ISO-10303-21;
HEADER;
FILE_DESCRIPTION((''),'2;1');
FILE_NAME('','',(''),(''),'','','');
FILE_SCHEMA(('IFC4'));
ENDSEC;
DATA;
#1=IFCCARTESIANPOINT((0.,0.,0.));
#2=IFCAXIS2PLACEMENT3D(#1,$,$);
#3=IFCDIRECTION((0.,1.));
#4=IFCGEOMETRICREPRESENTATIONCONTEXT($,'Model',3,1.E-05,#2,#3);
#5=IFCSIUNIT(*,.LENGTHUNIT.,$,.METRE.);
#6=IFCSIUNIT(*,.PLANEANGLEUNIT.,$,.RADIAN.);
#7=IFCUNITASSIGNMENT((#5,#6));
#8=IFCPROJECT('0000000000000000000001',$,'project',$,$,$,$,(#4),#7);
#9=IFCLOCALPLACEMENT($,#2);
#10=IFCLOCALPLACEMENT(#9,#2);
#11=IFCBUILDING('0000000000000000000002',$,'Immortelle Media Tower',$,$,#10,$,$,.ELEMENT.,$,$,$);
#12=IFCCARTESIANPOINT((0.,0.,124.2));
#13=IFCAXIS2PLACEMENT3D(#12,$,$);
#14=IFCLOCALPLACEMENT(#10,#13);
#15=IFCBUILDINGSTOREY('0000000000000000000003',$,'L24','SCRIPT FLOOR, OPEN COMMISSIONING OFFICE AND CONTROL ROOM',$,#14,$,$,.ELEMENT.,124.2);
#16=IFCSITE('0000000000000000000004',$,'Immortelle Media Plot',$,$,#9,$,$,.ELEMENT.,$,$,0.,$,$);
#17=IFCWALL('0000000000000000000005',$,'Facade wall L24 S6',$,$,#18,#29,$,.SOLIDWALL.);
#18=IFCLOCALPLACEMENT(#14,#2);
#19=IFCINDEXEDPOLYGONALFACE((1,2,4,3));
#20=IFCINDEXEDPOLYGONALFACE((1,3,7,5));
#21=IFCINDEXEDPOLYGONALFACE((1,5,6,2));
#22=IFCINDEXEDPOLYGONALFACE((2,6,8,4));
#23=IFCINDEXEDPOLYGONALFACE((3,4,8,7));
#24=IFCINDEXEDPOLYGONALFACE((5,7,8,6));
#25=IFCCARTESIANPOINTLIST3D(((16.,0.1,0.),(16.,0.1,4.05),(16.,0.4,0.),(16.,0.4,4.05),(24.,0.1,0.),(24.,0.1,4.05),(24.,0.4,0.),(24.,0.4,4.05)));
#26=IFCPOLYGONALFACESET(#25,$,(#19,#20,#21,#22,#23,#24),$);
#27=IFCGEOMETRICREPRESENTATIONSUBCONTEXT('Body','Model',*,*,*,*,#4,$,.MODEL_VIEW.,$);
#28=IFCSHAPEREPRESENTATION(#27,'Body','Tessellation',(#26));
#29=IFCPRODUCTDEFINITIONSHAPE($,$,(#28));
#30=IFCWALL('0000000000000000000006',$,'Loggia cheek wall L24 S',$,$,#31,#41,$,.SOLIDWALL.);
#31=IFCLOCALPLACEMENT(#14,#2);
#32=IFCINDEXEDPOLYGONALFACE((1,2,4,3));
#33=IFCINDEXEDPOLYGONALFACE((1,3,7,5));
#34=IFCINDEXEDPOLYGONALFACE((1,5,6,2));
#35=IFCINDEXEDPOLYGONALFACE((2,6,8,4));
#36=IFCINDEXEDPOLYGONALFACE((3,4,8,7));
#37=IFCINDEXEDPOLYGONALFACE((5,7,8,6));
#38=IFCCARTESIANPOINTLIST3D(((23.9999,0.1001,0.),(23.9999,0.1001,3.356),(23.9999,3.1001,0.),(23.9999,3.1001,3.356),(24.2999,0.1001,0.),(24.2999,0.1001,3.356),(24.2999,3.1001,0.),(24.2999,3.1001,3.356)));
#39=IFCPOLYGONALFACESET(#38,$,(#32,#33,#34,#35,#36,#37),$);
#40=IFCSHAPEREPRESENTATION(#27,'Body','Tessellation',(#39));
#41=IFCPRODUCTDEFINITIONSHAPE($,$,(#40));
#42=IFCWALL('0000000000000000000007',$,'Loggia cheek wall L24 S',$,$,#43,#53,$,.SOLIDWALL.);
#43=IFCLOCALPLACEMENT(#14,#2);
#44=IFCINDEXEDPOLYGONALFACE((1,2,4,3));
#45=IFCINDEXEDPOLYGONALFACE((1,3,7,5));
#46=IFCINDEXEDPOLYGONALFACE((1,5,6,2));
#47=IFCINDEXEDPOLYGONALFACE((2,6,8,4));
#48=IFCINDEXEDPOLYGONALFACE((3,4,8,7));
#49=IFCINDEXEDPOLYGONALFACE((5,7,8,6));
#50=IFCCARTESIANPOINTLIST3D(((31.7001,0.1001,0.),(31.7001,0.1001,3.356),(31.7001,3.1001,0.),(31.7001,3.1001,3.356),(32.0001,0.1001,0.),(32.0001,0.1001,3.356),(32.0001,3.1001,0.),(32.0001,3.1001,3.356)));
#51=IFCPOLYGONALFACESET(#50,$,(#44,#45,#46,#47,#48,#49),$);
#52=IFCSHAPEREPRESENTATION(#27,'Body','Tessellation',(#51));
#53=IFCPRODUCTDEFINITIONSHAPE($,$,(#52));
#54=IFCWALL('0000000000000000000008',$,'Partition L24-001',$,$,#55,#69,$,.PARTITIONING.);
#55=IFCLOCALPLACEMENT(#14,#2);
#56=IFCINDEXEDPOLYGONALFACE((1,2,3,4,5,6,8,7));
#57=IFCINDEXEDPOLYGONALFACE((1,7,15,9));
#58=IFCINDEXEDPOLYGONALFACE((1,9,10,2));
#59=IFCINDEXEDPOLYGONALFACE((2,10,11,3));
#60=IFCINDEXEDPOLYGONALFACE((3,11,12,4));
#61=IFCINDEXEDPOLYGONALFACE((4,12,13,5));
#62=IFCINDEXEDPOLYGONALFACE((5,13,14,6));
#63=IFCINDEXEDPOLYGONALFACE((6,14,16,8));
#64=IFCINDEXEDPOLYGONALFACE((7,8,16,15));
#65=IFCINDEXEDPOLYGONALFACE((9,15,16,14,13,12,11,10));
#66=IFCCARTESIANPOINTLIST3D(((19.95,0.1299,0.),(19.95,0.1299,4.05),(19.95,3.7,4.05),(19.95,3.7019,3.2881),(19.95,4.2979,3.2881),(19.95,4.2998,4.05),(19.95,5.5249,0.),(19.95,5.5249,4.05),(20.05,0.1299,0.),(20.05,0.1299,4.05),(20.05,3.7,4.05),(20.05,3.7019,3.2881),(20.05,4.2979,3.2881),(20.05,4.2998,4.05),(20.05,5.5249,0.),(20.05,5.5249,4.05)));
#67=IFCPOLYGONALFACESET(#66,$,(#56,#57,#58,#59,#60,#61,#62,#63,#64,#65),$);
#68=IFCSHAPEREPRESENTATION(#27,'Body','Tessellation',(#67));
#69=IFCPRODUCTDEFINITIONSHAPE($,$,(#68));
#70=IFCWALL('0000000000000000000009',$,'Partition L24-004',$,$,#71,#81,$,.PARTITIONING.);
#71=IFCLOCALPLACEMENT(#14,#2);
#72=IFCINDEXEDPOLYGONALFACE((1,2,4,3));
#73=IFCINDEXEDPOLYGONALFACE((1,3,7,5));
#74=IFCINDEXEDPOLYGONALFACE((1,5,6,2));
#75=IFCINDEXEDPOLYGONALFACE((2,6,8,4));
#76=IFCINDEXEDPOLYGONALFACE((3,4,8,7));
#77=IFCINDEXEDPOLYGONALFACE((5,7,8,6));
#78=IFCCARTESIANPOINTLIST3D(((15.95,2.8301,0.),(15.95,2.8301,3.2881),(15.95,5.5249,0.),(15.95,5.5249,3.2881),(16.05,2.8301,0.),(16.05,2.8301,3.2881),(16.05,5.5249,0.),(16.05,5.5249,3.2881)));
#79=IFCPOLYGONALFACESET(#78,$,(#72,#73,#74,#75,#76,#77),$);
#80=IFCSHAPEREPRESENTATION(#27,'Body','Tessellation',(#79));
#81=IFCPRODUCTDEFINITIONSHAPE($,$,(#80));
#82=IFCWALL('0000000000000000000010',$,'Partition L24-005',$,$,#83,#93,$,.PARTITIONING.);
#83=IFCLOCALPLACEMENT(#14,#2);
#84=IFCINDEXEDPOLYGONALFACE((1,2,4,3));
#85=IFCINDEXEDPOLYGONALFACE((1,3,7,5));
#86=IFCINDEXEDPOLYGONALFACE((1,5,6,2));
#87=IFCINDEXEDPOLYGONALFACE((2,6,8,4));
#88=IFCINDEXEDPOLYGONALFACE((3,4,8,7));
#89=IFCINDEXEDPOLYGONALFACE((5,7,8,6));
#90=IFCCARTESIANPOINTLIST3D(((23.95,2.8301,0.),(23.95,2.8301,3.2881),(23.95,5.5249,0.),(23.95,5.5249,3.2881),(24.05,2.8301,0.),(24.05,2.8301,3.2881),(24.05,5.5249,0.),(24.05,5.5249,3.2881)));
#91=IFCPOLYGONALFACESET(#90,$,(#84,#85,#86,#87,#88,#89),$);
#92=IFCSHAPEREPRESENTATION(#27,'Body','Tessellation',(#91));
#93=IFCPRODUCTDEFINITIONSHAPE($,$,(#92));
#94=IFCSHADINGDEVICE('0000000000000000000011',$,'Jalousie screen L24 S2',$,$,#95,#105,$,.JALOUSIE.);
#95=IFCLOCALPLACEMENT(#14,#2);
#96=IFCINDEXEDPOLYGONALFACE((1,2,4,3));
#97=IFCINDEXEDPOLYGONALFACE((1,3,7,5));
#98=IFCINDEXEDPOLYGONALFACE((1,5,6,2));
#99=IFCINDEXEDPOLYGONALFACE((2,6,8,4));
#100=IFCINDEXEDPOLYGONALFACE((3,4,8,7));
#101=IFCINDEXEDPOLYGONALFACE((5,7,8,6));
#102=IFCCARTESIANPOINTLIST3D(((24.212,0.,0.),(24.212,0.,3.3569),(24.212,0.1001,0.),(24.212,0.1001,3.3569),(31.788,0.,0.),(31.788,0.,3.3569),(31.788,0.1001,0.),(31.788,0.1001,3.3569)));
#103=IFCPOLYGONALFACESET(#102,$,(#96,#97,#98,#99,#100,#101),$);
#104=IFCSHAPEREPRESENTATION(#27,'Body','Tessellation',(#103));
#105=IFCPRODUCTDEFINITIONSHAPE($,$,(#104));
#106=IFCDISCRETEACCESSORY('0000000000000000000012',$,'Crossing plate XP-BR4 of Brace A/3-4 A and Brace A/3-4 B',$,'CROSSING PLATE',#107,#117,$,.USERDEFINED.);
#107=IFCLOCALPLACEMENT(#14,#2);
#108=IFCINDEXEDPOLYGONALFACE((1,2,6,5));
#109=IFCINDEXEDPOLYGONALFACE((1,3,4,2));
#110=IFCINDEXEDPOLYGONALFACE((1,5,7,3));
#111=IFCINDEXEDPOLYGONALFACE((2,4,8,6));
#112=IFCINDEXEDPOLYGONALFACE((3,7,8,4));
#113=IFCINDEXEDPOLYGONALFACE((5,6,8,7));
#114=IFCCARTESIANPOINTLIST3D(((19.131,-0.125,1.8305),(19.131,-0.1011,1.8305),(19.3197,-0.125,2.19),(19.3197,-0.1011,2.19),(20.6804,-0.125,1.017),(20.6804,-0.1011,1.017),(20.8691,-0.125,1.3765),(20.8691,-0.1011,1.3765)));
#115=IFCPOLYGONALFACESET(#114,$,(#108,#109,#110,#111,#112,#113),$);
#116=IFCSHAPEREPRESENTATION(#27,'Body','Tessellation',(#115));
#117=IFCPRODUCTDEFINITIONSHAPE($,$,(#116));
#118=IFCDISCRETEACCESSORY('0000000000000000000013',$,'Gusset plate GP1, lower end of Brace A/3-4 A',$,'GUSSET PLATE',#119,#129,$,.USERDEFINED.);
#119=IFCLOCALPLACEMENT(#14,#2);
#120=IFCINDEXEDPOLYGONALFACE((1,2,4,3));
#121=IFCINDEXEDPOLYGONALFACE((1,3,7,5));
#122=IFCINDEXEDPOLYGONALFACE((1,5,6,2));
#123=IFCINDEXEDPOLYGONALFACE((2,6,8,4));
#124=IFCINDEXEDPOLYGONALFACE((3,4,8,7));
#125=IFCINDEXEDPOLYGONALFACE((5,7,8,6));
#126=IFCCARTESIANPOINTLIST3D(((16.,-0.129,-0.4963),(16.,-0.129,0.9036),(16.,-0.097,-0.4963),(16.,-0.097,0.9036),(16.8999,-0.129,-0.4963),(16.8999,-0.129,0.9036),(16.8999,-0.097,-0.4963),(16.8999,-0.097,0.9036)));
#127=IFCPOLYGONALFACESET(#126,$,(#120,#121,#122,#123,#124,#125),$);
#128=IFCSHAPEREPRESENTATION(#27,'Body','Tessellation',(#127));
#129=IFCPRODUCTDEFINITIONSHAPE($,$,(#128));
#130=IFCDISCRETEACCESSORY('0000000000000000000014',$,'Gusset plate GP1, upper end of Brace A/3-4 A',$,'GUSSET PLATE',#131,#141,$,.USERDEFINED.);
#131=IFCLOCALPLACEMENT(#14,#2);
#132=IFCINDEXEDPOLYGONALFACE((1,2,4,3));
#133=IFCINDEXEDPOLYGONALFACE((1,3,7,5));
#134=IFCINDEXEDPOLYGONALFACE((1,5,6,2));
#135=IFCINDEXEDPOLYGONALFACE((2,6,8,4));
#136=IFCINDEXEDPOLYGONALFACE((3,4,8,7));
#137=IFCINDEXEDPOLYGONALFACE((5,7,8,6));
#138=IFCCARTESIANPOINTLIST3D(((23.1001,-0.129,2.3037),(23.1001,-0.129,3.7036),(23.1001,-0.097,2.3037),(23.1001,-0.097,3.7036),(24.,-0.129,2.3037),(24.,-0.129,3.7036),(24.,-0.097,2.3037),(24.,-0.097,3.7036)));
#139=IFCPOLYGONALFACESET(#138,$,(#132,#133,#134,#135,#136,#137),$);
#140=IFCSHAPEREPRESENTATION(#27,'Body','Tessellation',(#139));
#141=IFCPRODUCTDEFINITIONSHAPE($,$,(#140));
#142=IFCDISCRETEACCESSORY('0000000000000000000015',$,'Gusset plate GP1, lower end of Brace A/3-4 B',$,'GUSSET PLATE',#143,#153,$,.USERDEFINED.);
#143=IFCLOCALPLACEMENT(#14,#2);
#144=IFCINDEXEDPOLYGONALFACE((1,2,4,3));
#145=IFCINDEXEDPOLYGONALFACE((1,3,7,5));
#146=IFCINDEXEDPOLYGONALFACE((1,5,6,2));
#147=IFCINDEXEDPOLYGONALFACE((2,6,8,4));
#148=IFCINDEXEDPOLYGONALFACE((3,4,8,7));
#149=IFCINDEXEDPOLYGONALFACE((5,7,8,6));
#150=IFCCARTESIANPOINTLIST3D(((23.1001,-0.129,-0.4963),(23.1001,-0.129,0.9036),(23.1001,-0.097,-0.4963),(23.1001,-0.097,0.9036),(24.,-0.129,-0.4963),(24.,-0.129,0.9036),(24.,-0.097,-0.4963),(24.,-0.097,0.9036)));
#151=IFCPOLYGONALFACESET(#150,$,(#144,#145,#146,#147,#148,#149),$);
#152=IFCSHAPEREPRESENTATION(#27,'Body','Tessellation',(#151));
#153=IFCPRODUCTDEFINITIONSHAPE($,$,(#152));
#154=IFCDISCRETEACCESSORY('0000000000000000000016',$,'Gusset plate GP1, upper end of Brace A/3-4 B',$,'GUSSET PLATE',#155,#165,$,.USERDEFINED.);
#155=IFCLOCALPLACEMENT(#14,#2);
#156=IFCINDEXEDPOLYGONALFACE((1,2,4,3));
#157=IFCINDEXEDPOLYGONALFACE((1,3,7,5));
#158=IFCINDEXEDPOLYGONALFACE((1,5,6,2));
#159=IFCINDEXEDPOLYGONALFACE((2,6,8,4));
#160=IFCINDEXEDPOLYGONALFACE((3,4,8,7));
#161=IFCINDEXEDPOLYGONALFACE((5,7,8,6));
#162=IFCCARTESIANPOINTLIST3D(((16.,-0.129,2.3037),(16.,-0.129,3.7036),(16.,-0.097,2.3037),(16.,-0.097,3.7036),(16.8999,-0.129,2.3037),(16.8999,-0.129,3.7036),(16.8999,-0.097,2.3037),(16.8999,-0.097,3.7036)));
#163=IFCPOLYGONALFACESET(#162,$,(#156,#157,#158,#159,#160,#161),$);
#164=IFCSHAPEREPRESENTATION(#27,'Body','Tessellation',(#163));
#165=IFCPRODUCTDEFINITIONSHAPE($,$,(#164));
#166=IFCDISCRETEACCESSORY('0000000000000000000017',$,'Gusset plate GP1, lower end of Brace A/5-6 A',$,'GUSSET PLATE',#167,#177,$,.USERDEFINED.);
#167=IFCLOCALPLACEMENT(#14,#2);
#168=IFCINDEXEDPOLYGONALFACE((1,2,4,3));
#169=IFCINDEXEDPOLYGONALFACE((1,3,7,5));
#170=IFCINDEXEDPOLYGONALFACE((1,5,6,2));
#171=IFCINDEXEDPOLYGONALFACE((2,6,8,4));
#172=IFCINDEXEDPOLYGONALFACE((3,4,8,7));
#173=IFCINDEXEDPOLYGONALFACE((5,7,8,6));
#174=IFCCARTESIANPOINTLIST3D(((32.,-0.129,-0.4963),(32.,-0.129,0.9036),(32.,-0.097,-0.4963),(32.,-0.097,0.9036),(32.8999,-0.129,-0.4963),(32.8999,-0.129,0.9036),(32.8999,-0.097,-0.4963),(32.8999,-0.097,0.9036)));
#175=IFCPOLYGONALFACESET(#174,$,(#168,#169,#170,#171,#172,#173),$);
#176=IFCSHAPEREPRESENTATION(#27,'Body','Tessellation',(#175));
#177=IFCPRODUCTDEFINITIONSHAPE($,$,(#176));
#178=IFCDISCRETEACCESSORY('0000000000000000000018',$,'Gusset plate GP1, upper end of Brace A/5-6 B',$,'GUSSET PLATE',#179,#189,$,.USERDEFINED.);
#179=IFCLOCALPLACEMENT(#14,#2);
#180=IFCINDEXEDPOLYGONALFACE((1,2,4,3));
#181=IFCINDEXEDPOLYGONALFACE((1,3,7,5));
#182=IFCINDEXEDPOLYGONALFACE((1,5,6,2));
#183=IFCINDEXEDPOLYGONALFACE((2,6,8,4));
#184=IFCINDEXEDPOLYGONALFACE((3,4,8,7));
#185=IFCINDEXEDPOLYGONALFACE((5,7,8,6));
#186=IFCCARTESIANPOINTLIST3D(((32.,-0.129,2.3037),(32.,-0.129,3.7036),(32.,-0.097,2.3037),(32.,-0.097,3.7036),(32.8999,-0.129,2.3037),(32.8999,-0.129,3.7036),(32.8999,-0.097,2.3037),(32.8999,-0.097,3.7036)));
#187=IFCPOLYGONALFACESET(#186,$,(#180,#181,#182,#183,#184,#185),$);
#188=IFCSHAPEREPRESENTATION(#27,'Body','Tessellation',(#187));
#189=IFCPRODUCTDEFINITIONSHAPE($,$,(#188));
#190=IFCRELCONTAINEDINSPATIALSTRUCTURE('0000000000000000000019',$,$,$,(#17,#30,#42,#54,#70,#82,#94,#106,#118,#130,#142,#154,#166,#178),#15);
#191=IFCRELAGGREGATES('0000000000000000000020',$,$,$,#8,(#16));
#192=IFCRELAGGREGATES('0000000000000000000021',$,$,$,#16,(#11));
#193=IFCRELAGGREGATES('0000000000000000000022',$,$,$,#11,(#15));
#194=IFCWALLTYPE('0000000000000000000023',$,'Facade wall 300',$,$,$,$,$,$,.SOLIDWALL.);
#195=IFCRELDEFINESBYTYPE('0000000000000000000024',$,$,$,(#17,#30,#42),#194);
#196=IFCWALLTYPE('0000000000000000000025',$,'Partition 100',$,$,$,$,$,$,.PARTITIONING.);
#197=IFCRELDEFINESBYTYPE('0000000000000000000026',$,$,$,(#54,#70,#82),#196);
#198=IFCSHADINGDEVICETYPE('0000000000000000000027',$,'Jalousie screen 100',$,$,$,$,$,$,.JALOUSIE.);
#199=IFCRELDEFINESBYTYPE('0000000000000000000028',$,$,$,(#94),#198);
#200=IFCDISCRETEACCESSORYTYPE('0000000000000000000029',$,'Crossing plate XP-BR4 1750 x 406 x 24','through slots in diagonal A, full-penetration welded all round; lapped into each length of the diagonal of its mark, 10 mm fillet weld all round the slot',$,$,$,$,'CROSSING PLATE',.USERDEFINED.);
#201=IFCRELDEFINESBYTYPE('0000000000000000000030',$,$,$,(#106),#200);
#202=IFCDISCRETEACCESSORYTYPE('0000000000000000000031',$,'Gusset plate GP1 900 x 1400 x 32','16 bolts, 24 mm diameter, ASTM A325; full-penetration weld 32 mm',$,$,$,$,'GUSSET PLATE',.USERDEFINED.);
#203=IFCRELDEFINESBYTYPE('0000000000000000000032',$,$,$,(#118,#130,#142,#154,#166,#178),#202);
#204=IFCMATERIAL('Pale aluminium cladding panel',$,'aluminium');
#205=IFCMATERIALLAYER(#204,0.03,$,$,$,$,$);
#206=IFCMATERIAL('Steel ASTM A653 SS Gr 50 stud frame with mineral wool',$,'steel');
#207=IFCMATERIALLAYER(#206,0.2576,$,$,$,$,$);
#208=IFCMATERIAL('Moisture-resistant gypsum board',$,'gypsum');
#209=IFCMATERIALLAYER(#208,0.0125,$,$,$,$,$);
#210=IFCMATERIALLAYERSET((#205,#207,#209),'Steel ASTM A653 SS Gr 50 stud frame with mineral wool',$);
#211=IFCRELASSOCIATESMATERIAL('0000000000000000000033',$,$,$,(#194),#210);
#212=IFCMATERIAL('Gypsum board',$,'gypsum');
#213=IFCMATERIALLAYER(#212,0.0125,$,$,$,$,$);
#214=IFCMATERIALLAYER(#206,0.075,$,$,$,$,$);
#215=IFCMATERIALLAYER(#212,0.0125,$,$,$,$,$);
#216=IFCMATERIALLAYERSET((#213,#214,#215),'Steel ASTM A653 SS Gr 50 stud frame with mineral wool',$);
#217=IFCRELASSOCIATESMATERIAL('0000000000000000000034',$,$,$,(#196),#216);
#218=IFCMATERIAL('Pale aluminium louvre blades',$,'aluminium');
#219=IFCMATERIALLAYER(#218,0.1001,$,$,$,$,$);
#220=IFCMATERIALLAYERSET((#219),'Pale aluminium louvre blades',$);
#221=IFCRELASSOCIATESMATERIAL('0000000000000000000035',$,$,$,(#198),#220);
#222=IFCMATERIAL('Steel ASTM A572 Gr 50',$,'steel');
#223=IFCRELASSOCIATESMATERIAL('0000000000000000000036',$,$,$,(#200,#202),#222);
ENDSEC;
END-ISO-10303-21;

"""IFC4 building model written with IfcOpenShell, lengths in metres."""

from ifc_helpers import new_model, si_unit, direction, frame, frame_2d, origin, origin_2d, place, context, subcontext, project, spatial, polyline, rectangle, outline, extrude, material, layer, layer_set, material_profile, profile_set, type_object, element, save


model = new_model("IFC4")

# Units and contexts
model_context = context("Model", 3, precision=1e-05, world=origin(), true_north=direction((0.0, 1.0)))
body_context = subcontext(model_context, "Body", "Model", "MODEL_VIEW")
ifc_project = project(units=[si_unit("LENGTHUNIT", "METRE"), si_unit("PLANEANGLEUNIT", "RADIAN")], contexts=[model_context])

# Site, building, storey
site_placement = place(None, origin())
site = spatial("IfcSite", under=ifc_project, at=site_placement, Name="Immortelle Media Plot", CompositionType="ELEMENT", RefElevation=0.0)
building_placement = place(site_placement, origin())
building = spatial("IfcBuilding", under=site, at=building_placement, Name="Immortelle Media Tower", CompositionType="ELEMENT")
storey_placement = place(building_placement, frame((0.0, 0.0, 124.2)))
storey = spatial("IfcBuildingStorey", under=building, at=storey_placement, Name="L24", Description="SCRIPT FLOOR, OPEN COMMISSIONING OFFICE AND CONTROL ROOM", CompositionType="ELEMENT", Elevation=124.2)

# Wall
ifc_material_1 = material(Name="Pale aluminium cladding panel", Category="aluminium")
ifc_layer_1 = layer(ifc_material_1, 0.03)
ifc_material_2 = material(Name="Steel ASTM A653 SS Gr 50 stud frame with mineral wool", Category="steel")
ifc_layer_2 = layer(ifc_material_2, 0.2576)
ifc_material_3 = material(Name="Moisture-resistant gypsum board", Category="gypsum")
ifc_layer_3 = layer(ifc_material_3, 0.0125)
ifc_layer_set_1 = layer_set([ifc_layer_1, ifc_layer_2, ifc_layer_3], Name="Steel ASTM A653 SS Gr 50 stud frame with mineral wool")
wall_type_1 = type_object("IfcWallType", Name="Facade wall 300", PredefinedType="SOLIDWALL", material=ifc_layer_set_1)
wall_1_placement = place(storey_placement, frame((16.0, 0.25, 0.0), z_axis=(0.0, 0.0, 1.0), x_axis=(1.0, 0.0, 0.0)))
element("IfcWall", 1, at=wall_1_placement, inside=storey, type_object=wall_type_1, Name="Facade wall L24 S6", PredefinedType="SOLIDWALL", context=body_context, shape_type="SweptSolid", body=[
    extrude(rectangle(XDim=8.0, YDim=0.3, at=frame_2d((4.0, 0.0))), origin(), (0.0, 0.0, 1.0), 4.05),
])

# Walls
for number, where, z_axis, x_axis, name in (
    (2, (24.1499, 0.1001, 0.0), (0.0, 0.0, 1.0), (0.0, 1.0, 0.0), "Loggia cheek wall L24 S"),
    (3, (31.8501, 0.1001, 0.0), (0.0, 0.0, 1.0), (0.0, 1.0, 0.0), "Loggia cheek wall L24 S"),
):
    element("IfcWall", number, at=place(storey_placement, frame(where, z_axis=z_axis, x_axis=x_axis)), inside=storey, type_object=wall_type_1, Name=name, PredefinedType="SOLIDWALL", context=body_context, shape_type="SweptSolid", body=[
        extrude(rectangle(XDim=3.0, YDim=0.3, at=frame_2d((1.5, 0.0))), origin(), (0.0, 0.0, 1.0), 3.356),
    ])
ifc_material_4 = material(Name="Gypsum board", Category="gypsum")
ifc_layer_4 = layer(ifc_material_4, 0.0125)
ifc_layer_5 = layer(ifc_material_2, 0.075)
ifc_layer_6 = layer(ifc_material_4, 0.0125)
ifc_layer_set_2 = layer_set([ifc_layer_4, ifc_layer_5, ifc_layer_6], Name="Steel ASTM A653 SS Gr 50 stud frame with mineral wool")
wall_type_2 = type_object("IfcWallType", Name="Partition 100", PredefinedType="PARTITIONING", material=ifc_layer_set_2)
wall_2_placement = place(storey_placement, frame((20.0, 0.1299, 0.0), z_axis=(0.0, 0.0, 1.0), x_axis=(0.0, 1.0, 0.0)))
element("IfcWall", 4, at=wall_2_placement, inside=storey, type_object=wall_type_2, Name="Partition L24-001", PredefinedType="PARTITIONING", context=body_context, shape_type="SweptSolid", body=[
    extrude(outline(polyline([(0.0, 0.0), (5.395, 0.0), (5.395, 4.05), (4.1699, 4.05), (4.168, 3.2881), (3.572, 3.2881), (3.5701, 4.05), (0.0, 4.05), (0.0, 0.0)])), frame((0.0, 0.05, 0.0), z_axis=(0.0, -1.0, 0.0), x_axis=(1.0, 0.0, 0.0)), (0.0, 0.0, 1.0), 0.1001),
])
for number, where, z_axis, x_axis, name in (
    (5, (16.0, 2.8301, 0.0), (0.0, 0.0, 1.0), (0.0, 1.0, 0.0), "Partition L24-004"),
    (6, (24.0, 2.8301, 0.0), (0.0, 0.0, 1.0), (0.0, 1.0, 0.0), "Partition L24-005"),
):
    element("IfcWall", number, at=place(storey_placement, frame(where, z_axis=z_axis, x_axis=x_axis)), inside=storey, type_object=wall_type_2, Name=name, PredefinedType="PARTITIONING", context=body_context, shape_type="SweptSolid", body=[
        extrude(rectangle(XDim=2.6948, YDim=0.1001, at=frame_2d((1.3474, 0.0))), origin(), (0.0, 0.0, 1.0), 3.2881),
    ])

# Shading device
ifc_material_5 = material(Name="Pale aluminium louvre blades", Category="aluminium")
ifc_layer_7 = layer(ifc_material_5, 0.1001)
ifc_layer_set_3 = layer_set([ifc_layer_7], Name="Pale aluminium louvre blades")
shading_device_type = type_object("IfcShadingDeviceType", Name="Jalousie screen 100", PredefinedType="JALOUSIE", material=ifc_layer_set_3)
shading_device_placement = place(storey_placement, frame((28.0, 0.05, 0.0), z_axis=(0.0, 0.0, 1.0), x_axis=(1.0, 0.0, 0.0)))
element("IfcShadingDevice", 7, at=shading_device_placement, inside=storey, type_object=shading_device_type, Name="Jalousie screen L24 S2", PredefinedType="JALOUSIE", context=body_context, shape_type="SweptSolid", body=[
    extrude(rectangle(XDim=7.5759, YDim=0.1001, at=origin_2d()), origin(), (0.0, 0.0, 1.0), 3.3569),
])

# Discrete accessories
ifc_material_6 = material(Name="Steel ASTM A572 Gr 50", Category="steel")
ifc_material_profile_1 = material_profile(ifc_material_6, rectangle(XDim=0.0239, YDim=0.406, at=origin_2d()), Name="PL 24 x 406")
ifc_profile_set_1 = profile_set([ifc_material_profile_1], Name="Steel ASTM A572 Gr 50")
discrete_accessory_type_1 = type_object("IfcDiscreteAccessoryType", Name="Crossing plate XP-BR4 1750 x 406 x 24", Description="through slots in diagonal A, full-penetration welded all round; lapped into each length of the diagonal of its mark, 10 mm fillet weld all round the slot", ElementType="CROSSING PLATE", PredefinedType="USERDEFINED", material=ifc_profile_set_1)
discrete_accessory_placement = place(storey_placement, frame((19.2253, -0.113, 2.0103), z_axis=(0.885378, 0.0, -0.464872), x_axis=(0.0, 1.0, 0.0)))
element("IfcDiscreteAccessory", 8, at=discrete_accessory_placement, inside=storey, type_object=discrete_accessory_type_1, Name="Crossing plate XP-BR4 of Brace A/3-4 A and Brace A/3-4 B", ObjectType="CROSSING PLATE", PredefinedType="USERDEFINED", context=body_context, shape_type="SweptSolid", body=[
    extrude(rectangle(XDim=0.0239, YDim=0.406, at=origin_2d()), origin(), (0.0, 0.0, 1.0), 1.75),
])
ifc_material_profile_2 = material_profile(ifc_material_6, rectangle(XDim=0.032, YDim=1.3999, at=origin_2d()), Name="PL 32 x 1400")
ifc_profile_set_2 = profile_set([ifc_material_profile_2], Name="Steel ASTM A572 Gr 50")
discrete_accessory_type_2 = type_object("IfcDiscreteAccessoryType", Name="Gusset plate GP1 900 x 1400 x 32", Description="16 bolts, 24 mm diameter, ASTM A325; full-penetration weld 32 mm", ElementType="GUSSET PLATE", PredefinedType="USERDEFINED", material=ifc_profile_set_2)
for number, where, z_axis, x_axis, name in (
    (9, (16.0, -0.113, 0.2036), (1.0, 0.0, 0.0), (0.0, 1.0, 0.0), "Gusset plate GP1, lower end of Brace A/3-4 A"),
    (10, (24.0, -0.113, 3.0037), (-1.0, 0.0, 0.0), (0.0, -1.0, 0.0), "Gusset plate GP1, upper end of Brace A/3-4 A"),
    (11, (24.0, -0.113, 0.2036), (-1.0, 0.0, 0.0), (0.0, -1.0, 0.0), "Gusset plate GP1, lower end of Brace A/3-4 B"),
    (12, (16.0, -0.113, 3.0037), (1.0, 0.0, 0.0), (0.0, 1.0, 0.0), "Gusset plate GP1, upper end of Brace A/3-4 B"),
    (13, (32.0, -0.113, 0.2036), (1.0, 0.0, 0.0), (0.0, 1.0, 0.0), "Gusset plate GP1, lower end of Brace A/5-6 A"),
    (14, (32.0, -0.113, 3.0037), (1.0, 0.0, 0.0), (0.0, 1.0, 0.0), "Gusset plate GP1, upper end of Brace A/5-6 B"),
):
    element("IfcDiscreteAccessory", number, at=place(storey_placement, frame(where, z_axis=z_axis, x_axis=x_axis)), inside=storey, type_object=discrete_accessory_type_2, Name=name, ObjectType="GUSSET PLATE", PredefinedType="USERDEFINED", context=body_context, shape_type="SweptSolid", body=[
        extrude(rectangle(XDim=0.032, YDim=1.3999, at=origin_2d()), origin(), (0.0, 0.0, 1.0), 0.8999),
    ])

save(model, "model.ifc")
